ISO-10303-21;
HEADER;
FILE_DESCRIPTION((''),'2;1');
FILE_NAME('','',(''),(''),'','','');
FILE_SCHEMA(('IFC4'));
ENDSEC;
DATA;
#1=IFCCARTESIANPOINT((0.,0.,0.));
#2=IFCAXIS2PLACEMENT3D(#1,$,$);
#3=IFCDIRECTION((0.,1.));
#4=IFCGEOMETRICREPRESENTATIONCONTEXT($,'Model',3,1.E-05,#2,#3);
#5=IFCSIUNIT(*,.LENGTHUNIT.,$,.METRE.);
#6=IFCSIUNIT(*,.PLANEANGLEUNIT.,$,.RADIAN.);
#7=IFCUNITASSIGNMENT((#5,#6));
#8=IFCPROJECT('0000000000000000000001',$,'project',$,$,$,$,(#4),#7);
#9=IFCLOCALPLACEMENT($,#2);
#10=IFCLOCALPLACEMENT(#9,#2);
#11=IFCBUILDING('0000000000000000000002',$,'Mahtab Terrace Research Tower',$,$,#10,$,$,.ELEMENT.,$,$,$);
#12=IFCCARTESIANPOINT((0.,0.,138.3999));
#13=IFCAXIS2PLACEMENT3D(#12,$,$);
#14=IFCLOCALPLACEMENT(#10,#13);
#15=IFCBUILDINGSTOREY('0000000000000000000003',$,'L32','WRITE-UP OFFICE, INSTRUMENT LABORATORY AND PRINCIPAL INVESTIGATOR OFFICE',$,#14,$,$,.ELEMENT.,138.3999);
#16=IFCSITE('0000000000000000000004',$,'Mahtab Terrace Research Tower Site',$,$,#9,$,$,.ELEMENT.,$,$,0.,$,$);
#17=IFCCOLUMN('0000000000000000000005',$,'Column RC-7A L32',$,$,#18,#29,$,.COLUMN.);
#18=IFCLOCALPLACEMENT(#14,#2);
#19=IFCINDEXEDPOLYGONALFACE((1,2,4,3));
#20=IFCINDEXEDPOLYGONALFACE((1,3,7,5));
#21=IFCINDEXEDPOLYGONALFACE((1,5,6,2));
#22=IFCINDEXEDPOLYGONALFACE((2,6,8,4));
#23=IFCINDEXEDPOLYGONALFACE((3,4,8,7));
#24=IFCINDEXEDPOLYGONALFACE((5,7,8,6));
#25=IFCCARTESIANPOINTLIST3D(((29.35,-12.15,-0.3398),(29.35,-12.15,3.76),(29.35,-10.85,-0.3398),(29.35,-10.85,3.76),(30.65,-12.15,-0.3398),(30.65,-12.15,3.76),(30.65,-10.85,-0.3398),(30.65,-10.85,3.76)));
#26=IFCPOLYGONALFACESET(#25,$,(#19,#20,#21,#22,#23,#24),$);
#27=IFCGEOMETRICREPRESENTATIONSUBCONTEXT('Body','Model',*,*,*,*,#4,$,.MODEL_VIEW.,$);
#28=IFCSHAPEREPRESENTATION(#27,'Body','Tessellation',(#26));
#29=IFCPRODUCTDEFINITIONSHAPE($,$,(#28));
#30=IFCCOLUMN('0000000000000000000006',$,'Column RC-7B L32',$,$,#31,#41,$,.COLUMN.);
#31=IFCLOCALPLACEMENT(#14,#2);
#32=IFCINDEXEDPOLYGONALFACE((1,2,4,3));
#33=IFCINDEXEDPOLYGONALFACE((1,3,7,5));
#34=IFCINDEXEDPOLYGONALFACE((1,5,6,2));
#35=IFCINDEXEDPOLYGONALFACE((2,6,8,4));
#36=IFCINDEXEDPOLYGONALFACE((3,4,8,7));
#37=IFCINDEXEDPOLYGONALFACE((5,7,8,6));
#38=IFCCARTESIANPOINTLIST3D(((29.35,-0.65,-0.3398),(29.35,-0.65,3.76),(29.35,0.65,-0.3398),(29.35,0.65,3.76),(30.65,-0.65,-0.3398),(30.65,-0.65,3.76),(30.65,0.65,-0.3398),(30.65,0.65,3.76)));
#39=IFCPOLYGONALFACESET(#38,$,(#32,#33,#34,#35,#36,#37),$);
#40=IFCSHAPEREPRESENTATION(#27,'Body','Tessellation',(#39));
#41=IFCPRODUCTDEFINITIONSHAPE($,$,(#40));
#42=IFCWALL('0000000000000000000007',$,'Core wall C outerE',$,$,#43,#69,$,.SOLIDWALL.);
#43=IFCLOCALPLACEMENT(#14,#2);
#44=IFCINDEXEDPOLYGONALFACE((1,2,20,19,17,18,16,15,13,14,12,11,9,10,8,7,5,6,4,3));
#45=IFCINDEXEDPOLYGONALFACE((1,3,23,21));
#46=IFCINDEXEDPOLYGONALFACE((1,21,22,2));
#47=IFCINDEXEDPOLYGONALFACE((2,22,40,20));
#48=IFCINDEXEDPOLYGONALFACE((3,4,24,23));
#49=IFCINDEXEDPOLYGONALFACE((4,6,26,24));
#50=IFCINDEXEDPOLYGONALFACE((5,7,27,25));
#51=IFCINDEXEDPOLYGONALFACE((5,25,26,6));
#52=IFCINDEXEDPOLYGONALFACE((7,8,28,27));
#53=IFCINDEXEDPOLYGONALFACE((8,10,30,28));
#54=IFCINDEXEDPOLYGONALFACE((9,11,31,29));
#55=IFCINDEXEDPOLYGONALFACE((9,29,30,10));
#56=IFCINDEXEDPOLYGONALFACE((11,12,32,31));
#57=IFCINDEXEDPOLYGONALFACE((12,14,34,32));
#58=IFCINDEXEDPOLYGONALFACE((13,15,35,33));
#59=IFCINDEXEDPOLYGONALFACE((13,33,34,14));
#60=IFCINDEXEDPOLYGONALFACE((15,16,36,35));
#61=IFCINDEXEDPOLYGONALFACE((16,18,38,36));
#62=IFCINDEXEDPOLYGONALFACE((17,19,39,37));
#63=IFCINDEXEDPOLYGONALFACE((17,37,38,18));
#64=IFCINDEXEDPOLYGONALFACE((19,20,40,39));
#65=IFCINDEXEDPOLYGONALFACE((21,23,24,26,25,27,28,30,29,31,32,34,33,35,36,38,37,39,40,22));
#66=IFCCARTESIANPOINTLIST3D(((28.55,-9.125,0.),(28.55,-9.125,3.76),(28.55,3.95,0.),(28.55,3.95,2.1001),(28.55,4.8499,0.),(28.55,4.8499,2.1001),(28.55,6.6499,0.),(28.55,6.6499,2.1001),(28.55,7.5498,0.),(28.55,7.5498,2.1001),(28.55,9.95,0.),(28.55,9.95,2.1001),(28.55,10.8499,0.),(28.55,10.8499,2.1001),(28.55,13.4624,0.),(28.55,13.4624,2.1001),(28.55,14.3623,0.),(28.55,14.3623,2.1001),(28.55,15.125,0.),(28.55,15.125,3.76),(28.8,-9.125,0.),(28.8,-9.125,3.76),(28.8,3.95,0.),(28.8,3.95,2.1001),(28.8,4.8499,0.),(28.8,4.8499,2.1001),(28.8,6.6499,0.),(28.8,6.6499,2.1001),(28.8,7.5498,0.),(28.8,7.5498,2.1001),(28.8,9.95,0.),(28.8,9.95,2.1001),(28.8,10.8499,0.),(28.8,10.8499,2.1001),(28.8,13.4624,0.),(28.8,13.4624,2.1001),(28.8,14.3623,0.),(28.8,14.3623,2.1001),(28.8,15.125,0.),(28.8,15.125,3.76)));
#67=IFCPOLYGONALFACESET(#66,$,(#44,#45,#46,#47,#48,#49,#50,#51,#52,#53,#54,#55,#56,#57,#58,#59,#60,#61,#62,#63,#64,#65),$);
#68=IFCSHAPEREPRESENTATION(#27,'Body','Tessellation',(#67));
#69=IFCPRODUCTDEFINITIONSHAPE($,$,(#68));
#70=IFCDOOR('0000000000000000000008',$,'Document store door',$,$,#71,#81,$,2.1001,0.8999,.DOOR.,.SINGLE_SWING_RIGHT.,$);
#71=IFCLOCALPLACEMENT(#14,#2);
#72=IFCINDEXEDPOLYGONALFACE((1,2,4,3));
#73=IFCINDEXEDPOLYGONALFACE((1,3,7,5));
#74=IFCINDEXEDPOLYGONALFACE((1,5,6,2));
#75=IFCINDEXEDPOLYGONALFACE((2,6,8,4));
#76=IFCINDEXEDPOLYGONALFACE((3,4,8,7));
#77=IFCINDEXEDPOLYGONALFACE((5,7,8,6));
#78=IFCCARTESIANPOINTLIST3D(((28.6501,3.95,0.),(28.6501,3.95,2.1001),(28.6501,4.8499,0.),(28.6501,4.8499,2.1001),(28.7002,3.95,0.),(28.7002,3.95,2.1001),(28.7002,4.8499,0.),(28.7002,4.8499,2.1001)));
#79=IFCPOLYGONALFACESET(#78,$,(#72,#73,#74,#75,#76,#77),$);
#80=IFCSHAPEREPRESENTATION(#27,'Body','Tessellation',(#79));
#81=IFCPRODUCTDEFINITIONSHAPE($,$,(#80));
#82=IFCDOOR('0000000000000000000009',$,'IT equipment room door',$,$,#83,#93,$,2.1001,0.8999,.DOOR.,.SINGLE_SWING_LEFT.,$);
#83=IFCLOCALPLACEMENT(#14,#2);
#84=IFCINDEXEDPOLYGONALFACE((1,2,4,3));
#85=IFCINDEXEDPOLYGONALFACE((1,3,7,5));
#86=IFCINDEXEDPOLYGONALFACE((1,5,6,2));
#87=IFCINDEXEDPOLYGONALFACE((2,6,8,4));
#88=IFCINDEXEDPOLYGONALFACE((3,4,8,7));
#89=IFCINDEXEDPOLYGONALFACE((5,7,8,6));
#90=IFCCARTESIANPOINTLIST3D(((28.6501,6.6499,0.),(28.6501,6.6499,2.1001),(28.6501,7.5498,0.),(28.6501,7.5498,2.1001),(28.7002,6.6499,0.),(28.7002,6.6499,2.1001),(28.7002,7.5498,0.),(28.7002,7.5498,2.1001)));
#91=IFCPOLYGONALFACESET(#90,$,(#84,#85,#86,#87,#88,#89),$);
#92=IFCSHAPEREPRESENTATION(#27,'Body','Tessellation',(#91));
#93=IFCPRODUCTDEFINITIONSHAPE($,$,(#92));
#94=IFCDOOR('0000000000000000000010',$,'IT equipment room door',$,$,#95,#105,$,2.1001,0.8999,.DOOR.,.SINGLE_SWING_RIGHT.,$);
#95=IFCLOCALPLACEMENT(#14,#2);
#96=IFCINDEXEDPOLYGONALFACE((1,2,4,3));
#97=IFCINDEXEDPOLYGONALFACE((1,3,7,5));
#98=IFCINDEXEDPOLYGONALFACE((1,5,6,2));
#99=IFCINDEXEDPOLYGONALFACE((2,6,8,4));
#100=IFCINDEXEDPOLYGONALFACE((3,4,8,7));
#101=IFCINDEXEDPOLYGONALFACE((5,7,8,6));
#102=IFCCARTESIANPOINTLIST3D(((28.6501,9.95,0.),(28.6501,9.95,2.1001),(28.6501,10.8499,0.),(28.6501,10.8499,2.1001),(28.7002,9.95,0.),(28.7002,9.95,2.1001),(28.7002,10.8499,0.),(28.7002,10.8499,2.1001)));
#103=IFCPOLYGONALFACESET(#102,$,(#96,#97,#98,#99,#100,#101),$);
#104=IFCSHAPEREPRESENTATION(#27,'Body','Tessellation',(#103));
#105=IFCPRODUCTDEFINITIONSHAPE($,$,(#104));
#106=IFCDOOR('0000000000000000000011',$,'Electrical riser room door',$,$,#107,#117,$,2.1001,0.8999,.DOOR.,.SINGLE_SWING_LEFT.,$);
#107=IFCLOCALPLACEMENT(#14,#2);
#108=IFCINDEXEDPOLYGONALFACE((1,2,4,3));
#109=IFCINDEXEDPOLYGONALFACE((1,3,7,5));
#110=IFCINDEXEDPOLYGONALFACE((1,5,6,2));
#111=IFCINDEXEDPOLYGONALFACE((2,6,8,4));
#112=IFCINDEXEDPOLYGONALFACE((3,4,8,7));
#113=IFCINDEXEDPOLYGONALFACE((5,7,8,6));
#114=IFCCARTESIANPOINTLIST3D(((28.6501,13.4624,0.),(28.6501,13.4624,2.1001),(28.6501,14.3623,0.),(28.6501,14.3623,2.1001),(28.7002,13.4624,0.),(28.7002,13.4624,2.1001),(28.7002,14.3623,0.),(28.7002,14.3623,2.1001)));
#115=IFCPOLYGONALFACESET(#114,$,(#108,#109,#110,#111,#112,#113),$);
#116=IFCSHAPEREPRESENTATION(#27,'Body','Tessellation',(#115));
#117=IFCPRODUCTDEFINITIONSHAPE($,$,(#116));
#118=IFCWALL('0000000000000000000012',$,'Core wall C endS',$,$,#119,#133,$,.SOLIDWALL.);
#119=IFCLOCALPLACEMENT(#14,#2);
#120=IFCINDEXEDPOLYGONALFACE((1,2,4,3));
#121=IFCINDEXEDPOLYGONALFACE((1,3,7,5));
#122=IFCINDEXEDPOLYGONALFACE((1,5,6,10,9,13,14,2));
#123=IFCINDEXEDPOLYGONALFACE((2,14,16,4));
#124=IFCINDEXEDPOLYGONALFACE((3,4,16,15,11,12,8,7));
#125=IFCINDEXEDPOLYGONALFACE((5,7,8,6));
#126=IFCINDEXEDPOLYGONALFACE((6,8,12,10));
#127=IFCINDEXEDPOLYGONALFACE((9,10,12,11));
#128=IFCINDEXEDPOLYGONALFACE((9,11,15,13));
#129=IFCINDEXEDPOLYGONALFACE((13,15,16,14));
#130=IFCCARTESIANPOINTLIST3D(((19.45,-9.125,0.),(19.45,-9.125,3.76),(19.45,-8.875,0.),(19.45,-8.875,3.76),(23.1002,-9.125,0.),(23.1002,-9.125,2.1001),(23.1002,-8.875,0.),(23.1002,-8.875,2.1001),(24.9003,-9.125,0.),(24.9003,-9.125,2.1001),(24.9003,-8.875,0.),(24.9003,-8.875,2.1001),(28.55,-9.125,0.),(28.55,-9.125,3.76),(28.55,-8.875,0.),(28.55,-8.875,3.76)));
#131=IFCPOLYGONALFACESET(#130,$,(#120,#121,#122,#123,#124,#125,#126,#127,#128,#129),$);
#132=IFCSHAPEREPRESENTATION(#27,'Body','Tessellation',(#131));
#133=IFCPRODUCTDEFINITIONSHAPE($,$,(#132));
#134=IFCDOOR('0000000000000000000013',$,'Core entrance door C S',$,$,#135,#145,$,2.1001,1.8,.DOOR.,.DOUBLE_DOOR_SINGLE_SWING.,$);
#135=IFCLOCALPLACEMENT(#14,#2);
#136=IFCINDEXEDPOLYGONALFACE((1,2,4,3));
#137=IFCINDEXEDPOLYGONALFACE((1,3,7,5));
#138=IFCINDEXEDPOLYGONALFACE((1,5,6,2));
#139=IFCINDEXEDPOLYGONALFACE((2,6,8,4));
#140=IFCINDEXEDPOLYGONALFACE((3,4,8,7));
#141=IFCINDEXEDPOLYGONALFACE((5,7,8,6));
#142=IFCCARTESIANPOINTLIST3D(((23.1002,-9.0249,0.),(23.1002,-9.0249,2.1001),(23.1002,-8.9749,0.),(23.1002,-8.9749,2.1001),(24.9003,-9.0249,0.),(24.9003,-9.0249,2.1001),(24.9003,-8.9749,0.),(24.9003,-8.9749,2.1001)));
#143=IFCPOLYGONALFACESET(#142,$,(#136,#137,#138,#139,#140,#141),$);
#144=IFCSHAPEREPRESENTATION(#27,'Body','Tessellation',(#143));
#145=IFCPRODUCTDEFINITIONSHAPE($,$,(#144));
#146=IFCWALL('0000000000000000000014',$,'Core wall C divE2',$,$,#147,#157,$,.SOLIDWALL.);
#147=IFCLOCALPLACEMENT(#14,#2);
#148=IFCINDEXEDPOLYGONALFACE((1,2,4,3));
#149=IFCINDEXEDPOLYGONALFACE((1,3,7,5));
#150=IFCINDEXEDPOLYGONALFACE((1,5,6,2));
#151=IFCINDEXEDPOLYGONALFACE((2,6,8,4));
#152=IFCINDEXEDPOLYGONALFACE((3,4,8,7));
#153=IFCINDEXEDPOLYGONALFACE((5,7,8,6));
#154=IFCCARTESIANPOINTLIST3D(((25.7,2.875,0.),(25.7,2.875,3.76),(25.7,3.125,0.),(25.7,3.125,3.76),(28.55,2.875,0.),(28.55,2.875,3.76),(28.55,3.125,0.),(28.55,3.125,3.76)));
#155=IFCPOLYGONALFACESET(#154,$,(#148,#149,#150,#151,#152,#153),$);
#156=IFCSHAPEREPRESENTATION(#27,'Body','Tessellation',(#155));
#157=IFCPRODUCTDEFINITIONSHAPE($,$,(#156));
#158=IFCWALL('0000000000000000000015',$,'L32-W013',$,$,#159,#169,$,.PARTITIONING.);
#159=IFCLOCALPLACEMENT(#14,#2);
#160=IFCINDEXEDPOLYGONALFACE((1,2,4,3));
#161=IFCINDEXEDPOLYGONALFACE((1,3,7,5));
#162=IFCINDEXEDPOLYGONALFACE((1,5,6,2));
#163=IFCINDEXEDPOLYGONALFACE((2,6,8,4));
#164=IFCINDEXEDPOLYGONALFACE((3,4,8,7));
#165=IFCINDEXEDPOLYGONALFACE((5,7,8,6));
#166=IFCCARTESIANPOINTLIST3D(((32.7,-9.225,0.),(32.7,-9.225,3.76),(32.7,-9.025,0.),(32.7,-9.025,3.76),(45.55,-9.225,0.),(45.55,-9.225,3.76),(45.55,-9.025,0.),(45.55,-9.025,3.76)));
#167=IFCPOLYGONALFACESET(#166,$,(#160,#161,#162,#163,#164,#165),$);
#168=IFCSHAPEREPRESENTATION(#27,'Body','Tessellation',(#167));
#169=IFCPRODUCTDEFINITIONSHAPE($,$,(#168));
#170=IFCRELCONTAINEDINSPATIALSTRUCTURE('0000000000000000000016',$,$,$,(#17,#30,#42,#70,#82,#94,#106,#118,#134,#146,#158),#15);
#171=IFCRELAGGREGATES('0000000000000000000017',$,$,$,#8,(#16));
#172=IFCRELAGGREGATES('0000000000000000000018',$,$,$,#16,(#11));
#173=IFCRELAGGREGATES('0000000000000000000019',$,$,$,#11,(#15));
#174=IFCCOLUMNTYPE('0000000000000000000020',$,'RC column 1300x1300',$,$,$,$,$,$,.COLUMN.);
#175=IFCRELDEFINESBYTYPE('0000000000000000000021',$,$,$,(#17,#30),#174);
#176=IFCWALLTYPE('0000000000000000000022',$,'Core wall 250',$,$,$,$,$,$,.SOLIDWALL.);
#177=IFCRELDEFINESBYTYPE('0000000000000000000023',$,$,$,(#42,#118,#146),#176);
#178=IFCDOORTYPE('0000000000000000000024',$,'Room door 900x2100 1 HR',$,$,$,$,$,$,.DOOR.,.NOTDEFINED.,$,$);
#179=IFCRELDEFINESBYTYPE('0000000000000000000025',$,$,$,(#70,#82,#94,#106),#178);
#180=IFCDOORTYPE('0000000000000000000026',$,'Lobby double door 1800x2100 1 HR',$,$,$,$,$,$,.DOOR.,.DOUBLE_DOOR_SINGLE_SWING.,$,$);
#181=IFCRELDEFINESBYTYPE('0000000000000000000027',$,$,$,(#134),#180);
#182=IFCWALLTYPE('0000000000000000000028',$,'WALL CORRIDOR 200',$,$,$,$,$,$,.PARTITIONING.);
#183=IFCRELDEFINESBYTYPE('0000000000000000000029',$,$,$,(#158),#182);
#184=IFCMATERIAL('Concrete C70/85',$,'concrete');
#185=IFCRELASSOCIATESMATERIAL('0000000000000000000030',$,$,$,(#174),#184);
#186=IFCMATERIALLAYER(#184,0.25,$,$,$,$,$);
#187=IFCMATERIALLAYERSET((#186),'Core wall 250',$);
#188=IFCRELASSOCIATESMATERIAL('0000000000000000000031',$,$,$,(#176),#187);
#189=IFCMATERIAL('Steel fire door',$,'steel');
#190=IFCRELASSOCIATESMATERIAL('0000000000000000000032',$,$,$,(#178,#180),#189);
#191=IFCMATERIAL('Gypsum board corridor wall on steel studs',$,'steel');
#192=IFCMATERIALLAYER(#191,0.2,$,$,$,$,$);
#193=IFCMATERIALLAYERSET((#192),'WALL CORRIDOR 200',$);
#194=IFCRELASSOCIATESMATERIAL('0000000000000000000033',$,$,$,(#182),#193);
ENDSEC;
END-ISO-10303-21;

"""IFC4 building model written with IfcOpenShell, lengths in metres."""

from ifc_helpers import new_model, si_unit, direction, frame, frame_2d, origin, origin_2d, place, context, subcontext, project, spatial, rectangle, extrude, material, layer, layer_set, material_profile, profile_set, type_object, element, fill, save


model = new_model("IFC4")

# Units and contexts
model_context = context("Model", 3, precision=1e-05, world=origin(), true_north=direction((0.0, 1.0)))
body_context = subcontext(model_context, "Body", "Model", "MODEL_VIEW")
ifc_project = project(units=[si_unit("LENGTHUNIT", "METRE"), si_unit("PLANEANGLEUNIT", "RADIAN")], contexts=[model_context])

# Site, building, storey
site_placement = place(None, origin())
site = spatial("IfcSite", under=ifc_project, at=site_placement, Name="Mahtab Terrace Research Tower Site", CompositionType="ELEMENT", RefElevation=0.0)
building_placement = place(site_placement, origin())
building = spatial("IfcBuilding", under=site, at=building_placement, Name="Mahtab Terrace Research Tower", CompositionType="ELEMENT")
storey_placement = place(building_placement, frame((0.0, 0.0, 138.3999)))
storey = spatial("IfcBuildingStorey", under=building, at=storey_placement, Name="L32", Description="WRITE-UP OFFICE, INSTRUMENT LABORATORY AND PRINCIPAL INVESTIGATOR OFFICE", CompositionType="ELEMENT", Elevation=138.3999)

# Columns
ifc_material_1 = material(Name="Concrete C70/85", Category="concrete")
ifc_material_profile = material_profile(ifc_material_1, rectangle(XDim=1.3, YDim=1.3, at=origin_2d()), Name="RC column 1300x1300")
ifc_profile_set = profile_set([ifc_material_profile], Name="Concrete C70/85")
column_type = type_object("IfcColumnType", Name="RC column 1300x1300", PredefinedType="COLUMN", material=ifc_profile_set)
for number, where, z_axis, x_axis, name in (
    (1, (30.0, -11.5, -0.3398), (0.0, 0.0, 1.0), (1.0, 0.0, 0.0), "Column RC-7A L32"),
    (2, (30.0, 0.0, -0.3398), (0.0, 0.0, 1.0), (1.0, 0.0, 0.0), "Column RC-7B L32"),
):
    element("IfcColumn", number, at=place(storey_placement, frame(where, z_axis=z_axis, x_axis=x_axis)), inside=storey, type_object=column_type, Name=name, PredefinedType="COLUMN", context=body_context, shape_type="SweptSolid", body=[
        extrude(rectangle(XDim=1.3, YDim=1.3, at=origin_2d()), origin(), (0.0, 0.0, 1.0), 4.0999),
    ])

# Wall, openings, doors
ifc_layer_1 = layer(ifc_material_1, 0.25)
ifc_layer_set_1 = layer_set([ifc_layer_1], Name="Core wall 250")
wall_type_1 = type_object("IfcWallType", Name="Core wall 250", PredefinedType="SOLIDWALL", material=ifc_layer_set_1)
wall_1_placement = place(storey_placement, frame((28.675, -9.125, 0.0), z_axis=(0.0, 0.0, 1.0), x_axis=(0.0, 1.0, 0.0)))
wall_1 = element("IfcWall", 3, at=wall_1_placement, inside=storey, type_object=wall_type_1, Name="Core wall C outerE", PredefinedType="SOLIDWALL", context=body_context, shape_type="SweptSolid", body=[
    extrude(rectangle(XDim=24.25, YDim=0.25, at=frame_2d((12.125, 0.0))), origin(), (0.0, 0.0, 1.0), 3.76),
])
opening_1_placement = place(wall_1_placement, frame((13.075, 0.0, 0.0)))
opening_1 = element("IfcOpeningElement", 4, at=opening_1_placement, cuts=wall_1, PredefinedType="OPENING", context=body_context, shape_type="SweptSolid", body=[
    extrude(rectangle(XDim=0.8999, YDim=2.1001, at=frame_2d((0.45, 1.05))), frame((0.0, 0.135, 0.0), z_axis=(0.0, -1.0, 0.0), x_axis=(1.0, 0.0, 0.0)), (0.0, 0.0, 1.0), 0.27),
])
opening_2_placement = place(wall_1_placement, frame((15.7749, 0.0, 0.0)))
opening_2 = element("IfcOpeningElement", 5, at=opening_2_placement, cuts=wall_1, PredefinedType="OPENING", context=body_context, shape_type="SweptSolid", body=[
    extrude(rectangle(XDim=0.8999, YDim=2.1001, at=frame_2d((0.45, 1.05))), frame((0.0, 0.135, 0.0), z_axis=(0.0, -1.0, 0.0), x_axis=(1.0, 0.0, 0.0)), (0.0, 0.0, 1.0), 0.27),
])
opening_3_placement = place(wall_1_placement, frame((19.075, 0.0, 0.0)))
opening_3 = element("IfcOpeningElement", 6, at=opening_3_placement, cuts=wall_1, PredefinedType="OPENING", context=body_context, shape_type="SweptSolid", body=[
    extrude(rectangle(XDim=0.8999, YDim=2.1001, at=frame_2d((0.45, 1.05))), frame((0.0, 0.135, 0.0), z_axis=(0.0, -1.0, 0.0), x_axis=(1.0, 0.0, 0.0)), (0.0, 0.0, 1.0), 0.27),
])
opening_4_placement = place(wall_1_placement, frame((22.5874, 0.0, 0.0)))
opening_4 = element("IfcOpeningElement", 7, at=opening_4_placement, cuts=wall_1, PredefinedType="OPENING", context=body_context, shape_type="SweptSolid", body=[
    extrude(rectangle(XDim=0.8999, YDim=2.1001, at=frame_2d((0.45, 1.05))), frame((0.0, 0.135, 0.0), z_axis=(0.0, -1.0, 0.0), x_axis=(1.0, 0.0, 0.0)), (0.0, 0.0, 1.0), 0.27),
])
ifc_material_2 = material(Name="Steel fire door", Category="steel")
door_type_1 = type_object("IfcDoorType", Name="Room door 900x2100 1 HR", OperationType="NOTDEFINED", PredefinedType="DOOR", material=ifc_material_2)
door_1_placement = place(opening_1_placement, origin())
door_1 = element("IfcDoor", 8, at=door_1_placement, inside=storey, type_object=door_type_1, Name="Document store door", OperationType="SINGLE_SWING_RIGHT", OverallHeight=2.1001, OverallWidth=0.8999, PredefinedType="DOOR", context=body_context, shape_type="SweptSolid", body=[
    extrude(rectangle(XDim=0.8999, YDim=2.1001, at=frame_2d((0.45, 1.05))), frame((0.0, 0.0249, 0.0), z_axis=(0.0, -1.0, 0.0), x_axis=(1.0, 0.0, 0.0)), (0.0, 0.0, 1.0), 0.05),
])
fill(opening_1, door_1)
door_2_placement = place(opening_2_placement, origin())
door_2 = element("IfcDoor", 9, at=door_2_placement, inside=storey, type_object=door_type_1, Name="IT equipment room door", OperationType="SINGLE_SWING_LEFT", OverallHeight=2.1001, OverallWidth=0.8999, PredefinedType="DOOR", context=body_context, shape_type="SweptSolid", body=[
    extrude(rectangle(XDim=0.8999, YDim=2.1001, at=frame_2d((0.45, 1.05))), frame((0.0, 0.0249, 0.0), z_axis=(0.0, -1.0, 0.0), x_axis=(1.0, 0.0, 0.0)), (0.0, 0.0, 1.0), 0.05),
])
fill(opening_2, door_2)
door_3_placement = place(opening_3_placement, origin())
door_3 = element("IfcDoor", 10, at=door_3_placement, inside=storey, type_object=door_type_1, Name="IT equipment room door", OperationType="SINGLE_SWING_RIGHT", OverallHeight=2.1001, OverallWidth=0.8999, PredefinedType="DOOR", context=body_context, shape_type="SweptSolid", body=[
    extrude(rectangle(XDim=0.8999, YDim=2.1001, at=frame_2d((0.45, 1.05))), frame((0.0, 0.0249, 0.0), z_axis=(0.0, -1.0, 0.0), x_axis=(1.0, 0.0, 0.0)), (0.0, 0.0, 1.0), 0.05),
])
fill(opening_3, door_3)
door_4_placement = place(opening_4_placement, origin())
door_4 = element("IfcDoor", 11, at=door_4_placement, inside=storey, type_object=door_type_1, Name="Electrical riser room door", OperationType="SINGLE_SWING_LEFT", OverallHeight=2.1001, OverallWidth=0.8999, PredefinedType="DOOR", context=body_context, shape_type="SweptSolid", body=[
    extrude(rectangle(XDim=0.8999, YDim=2.1001, at=frame_2d((0.45, 1.05))), frame((0.0, 0.0249, 0.0), z_axis=(0.0, -1.0, 0.0), x_axis=(1.0, 0.0, 0.0)), (0.0, 0.0, 1.0), 0.05),
])
fill(opening_4, door_4)

# Wall, opening, door
wall_2_placement = place(storey_placement, frame((28.55, -9.0, 0.0), z_axis=(0.0, 0.0, 1.0), x_axis=(-1.0, 0.0, 0.0)))
wall_2 = element("IfcWall", 12, at=wall_2_placement, inside=storey, type_object=wall_type_1, Name="Core wall C endS", PredefinedType="SOLIDWALL", context=body_context, shape_type="SweptSolid", body=[
    extrude(rectangle(XDim=9.1001, YDim=0.25, at=frame_2d((4.55, 0.0))), origin(), (0.0, 0.0, 1.0), 3.76),
])
opening_5_placement = place(wall_2_placement, frame((3.6499, 0.0, 0.0)))
opening_5 = element("IfcOpeningElement", 13, at=opening_5_placement, cuts=wall_2, PredefinedType="OPENING", context=body_context, shape_type="SweptSolid", body=[
    extrude(rectangle(XDim=1.8, YDim=2.1001, at=frame_2d((0.8999, 1.05))), frame((0.0, 0.135, 0.0), z_axis=(0.0, -1.0, 0.0), x_axis=(1.0, 0.0, 0.0)), (0.0, 0.0, 1.0), 0.27),
])
door_type_2 = type_object("IfcDoorType", Name="Lobby double door 1800x2100 1 HR", OperationType="DOUBLE_DOOR_SINGLE_SWING", PredefinedType="DOOR", material=ifc_material_2)
door_5_placement = place(opening_5_placement, origin())
door_5 = element("IfcDoor", 14, at=door_5_placement, inside=storey, type_object=door_type_2, Name="Core entrance door C S", OperationType="DOUBLE_DOOR_SINGLE_SWING", OverallHeight=2.1001, OverallWidth=1.8, PredefinedType="DOOR", context=body_context, shape_type="SweptSolid", body=[
    extrude(rectangle(XDim=1.8, YDim=2.1001, at=frame_2d((0.8999, 1.05))), frame((0.0, 0.0249, 0.0), z_axis=(0.0, -1.0, 0.0), x_axis=(1.0, 0.0, 0.0)), (0.0, 0.0, 1.0), 0.05),
])
fill(opening_5, door_5)

# Walls
wall_3_placement = place(storey_placement, frame((25.7, 3.0, 0.0), z_axis=(0.0, 0.0, 1.0), x_axis=(1.0, 0.0, 0.0)))
element("IfcWall", 15, at=wall_3_placement, inside=storey, type_object=wall_type_1, Name="Core wall C divE2", PredefinedType="SOLIDWALL", context=body_context, shape_type="SweptSolid", body=[
    extrude(rectangle(XDim=2.8501, YDim=0.25, at=frame_2d((1.425, 0.0))), origin(), (0.0, 0.0, 1.0), 3.76),
])
ifc_material_3 = material(Name="Gypsum board corridor wall on steel studs", Category="steel")
ifc_layer_2 = layer(ifc_material_3, 0.2)
ifc_layer_set_2 = layer_set([ifc_layer_2], Name="WALL CORRIDOR 200")
wall_type_2 = type_object("IfcWallType", Name="WALL CORRIDOR 200", PredefinedType="PARTITIONING", material=ifc_layer_set_2)
wall_4_placement = place(storey_placement, frame((32.7, -9.125, 0.0), z_axis=(0.0, 0.0, 1.0), x_axis=(1.0, 0.0, 0.0)))
element("IfcWall", 16, at=wall_4_placement, inside=storey, type_object=wall_type_2, Name="L32-W013", PredefinedType="PARTITIONING", context=body_context, shape_type="SweptSolid", body=[
    extrude(rectangle(XDim=12.8501, YDim=0.2, at=frame_2d((6.425, 0.0))), origin(), (0.0, 0.0, 1.0), 3.76),
])

save(model, "model.ifc")
